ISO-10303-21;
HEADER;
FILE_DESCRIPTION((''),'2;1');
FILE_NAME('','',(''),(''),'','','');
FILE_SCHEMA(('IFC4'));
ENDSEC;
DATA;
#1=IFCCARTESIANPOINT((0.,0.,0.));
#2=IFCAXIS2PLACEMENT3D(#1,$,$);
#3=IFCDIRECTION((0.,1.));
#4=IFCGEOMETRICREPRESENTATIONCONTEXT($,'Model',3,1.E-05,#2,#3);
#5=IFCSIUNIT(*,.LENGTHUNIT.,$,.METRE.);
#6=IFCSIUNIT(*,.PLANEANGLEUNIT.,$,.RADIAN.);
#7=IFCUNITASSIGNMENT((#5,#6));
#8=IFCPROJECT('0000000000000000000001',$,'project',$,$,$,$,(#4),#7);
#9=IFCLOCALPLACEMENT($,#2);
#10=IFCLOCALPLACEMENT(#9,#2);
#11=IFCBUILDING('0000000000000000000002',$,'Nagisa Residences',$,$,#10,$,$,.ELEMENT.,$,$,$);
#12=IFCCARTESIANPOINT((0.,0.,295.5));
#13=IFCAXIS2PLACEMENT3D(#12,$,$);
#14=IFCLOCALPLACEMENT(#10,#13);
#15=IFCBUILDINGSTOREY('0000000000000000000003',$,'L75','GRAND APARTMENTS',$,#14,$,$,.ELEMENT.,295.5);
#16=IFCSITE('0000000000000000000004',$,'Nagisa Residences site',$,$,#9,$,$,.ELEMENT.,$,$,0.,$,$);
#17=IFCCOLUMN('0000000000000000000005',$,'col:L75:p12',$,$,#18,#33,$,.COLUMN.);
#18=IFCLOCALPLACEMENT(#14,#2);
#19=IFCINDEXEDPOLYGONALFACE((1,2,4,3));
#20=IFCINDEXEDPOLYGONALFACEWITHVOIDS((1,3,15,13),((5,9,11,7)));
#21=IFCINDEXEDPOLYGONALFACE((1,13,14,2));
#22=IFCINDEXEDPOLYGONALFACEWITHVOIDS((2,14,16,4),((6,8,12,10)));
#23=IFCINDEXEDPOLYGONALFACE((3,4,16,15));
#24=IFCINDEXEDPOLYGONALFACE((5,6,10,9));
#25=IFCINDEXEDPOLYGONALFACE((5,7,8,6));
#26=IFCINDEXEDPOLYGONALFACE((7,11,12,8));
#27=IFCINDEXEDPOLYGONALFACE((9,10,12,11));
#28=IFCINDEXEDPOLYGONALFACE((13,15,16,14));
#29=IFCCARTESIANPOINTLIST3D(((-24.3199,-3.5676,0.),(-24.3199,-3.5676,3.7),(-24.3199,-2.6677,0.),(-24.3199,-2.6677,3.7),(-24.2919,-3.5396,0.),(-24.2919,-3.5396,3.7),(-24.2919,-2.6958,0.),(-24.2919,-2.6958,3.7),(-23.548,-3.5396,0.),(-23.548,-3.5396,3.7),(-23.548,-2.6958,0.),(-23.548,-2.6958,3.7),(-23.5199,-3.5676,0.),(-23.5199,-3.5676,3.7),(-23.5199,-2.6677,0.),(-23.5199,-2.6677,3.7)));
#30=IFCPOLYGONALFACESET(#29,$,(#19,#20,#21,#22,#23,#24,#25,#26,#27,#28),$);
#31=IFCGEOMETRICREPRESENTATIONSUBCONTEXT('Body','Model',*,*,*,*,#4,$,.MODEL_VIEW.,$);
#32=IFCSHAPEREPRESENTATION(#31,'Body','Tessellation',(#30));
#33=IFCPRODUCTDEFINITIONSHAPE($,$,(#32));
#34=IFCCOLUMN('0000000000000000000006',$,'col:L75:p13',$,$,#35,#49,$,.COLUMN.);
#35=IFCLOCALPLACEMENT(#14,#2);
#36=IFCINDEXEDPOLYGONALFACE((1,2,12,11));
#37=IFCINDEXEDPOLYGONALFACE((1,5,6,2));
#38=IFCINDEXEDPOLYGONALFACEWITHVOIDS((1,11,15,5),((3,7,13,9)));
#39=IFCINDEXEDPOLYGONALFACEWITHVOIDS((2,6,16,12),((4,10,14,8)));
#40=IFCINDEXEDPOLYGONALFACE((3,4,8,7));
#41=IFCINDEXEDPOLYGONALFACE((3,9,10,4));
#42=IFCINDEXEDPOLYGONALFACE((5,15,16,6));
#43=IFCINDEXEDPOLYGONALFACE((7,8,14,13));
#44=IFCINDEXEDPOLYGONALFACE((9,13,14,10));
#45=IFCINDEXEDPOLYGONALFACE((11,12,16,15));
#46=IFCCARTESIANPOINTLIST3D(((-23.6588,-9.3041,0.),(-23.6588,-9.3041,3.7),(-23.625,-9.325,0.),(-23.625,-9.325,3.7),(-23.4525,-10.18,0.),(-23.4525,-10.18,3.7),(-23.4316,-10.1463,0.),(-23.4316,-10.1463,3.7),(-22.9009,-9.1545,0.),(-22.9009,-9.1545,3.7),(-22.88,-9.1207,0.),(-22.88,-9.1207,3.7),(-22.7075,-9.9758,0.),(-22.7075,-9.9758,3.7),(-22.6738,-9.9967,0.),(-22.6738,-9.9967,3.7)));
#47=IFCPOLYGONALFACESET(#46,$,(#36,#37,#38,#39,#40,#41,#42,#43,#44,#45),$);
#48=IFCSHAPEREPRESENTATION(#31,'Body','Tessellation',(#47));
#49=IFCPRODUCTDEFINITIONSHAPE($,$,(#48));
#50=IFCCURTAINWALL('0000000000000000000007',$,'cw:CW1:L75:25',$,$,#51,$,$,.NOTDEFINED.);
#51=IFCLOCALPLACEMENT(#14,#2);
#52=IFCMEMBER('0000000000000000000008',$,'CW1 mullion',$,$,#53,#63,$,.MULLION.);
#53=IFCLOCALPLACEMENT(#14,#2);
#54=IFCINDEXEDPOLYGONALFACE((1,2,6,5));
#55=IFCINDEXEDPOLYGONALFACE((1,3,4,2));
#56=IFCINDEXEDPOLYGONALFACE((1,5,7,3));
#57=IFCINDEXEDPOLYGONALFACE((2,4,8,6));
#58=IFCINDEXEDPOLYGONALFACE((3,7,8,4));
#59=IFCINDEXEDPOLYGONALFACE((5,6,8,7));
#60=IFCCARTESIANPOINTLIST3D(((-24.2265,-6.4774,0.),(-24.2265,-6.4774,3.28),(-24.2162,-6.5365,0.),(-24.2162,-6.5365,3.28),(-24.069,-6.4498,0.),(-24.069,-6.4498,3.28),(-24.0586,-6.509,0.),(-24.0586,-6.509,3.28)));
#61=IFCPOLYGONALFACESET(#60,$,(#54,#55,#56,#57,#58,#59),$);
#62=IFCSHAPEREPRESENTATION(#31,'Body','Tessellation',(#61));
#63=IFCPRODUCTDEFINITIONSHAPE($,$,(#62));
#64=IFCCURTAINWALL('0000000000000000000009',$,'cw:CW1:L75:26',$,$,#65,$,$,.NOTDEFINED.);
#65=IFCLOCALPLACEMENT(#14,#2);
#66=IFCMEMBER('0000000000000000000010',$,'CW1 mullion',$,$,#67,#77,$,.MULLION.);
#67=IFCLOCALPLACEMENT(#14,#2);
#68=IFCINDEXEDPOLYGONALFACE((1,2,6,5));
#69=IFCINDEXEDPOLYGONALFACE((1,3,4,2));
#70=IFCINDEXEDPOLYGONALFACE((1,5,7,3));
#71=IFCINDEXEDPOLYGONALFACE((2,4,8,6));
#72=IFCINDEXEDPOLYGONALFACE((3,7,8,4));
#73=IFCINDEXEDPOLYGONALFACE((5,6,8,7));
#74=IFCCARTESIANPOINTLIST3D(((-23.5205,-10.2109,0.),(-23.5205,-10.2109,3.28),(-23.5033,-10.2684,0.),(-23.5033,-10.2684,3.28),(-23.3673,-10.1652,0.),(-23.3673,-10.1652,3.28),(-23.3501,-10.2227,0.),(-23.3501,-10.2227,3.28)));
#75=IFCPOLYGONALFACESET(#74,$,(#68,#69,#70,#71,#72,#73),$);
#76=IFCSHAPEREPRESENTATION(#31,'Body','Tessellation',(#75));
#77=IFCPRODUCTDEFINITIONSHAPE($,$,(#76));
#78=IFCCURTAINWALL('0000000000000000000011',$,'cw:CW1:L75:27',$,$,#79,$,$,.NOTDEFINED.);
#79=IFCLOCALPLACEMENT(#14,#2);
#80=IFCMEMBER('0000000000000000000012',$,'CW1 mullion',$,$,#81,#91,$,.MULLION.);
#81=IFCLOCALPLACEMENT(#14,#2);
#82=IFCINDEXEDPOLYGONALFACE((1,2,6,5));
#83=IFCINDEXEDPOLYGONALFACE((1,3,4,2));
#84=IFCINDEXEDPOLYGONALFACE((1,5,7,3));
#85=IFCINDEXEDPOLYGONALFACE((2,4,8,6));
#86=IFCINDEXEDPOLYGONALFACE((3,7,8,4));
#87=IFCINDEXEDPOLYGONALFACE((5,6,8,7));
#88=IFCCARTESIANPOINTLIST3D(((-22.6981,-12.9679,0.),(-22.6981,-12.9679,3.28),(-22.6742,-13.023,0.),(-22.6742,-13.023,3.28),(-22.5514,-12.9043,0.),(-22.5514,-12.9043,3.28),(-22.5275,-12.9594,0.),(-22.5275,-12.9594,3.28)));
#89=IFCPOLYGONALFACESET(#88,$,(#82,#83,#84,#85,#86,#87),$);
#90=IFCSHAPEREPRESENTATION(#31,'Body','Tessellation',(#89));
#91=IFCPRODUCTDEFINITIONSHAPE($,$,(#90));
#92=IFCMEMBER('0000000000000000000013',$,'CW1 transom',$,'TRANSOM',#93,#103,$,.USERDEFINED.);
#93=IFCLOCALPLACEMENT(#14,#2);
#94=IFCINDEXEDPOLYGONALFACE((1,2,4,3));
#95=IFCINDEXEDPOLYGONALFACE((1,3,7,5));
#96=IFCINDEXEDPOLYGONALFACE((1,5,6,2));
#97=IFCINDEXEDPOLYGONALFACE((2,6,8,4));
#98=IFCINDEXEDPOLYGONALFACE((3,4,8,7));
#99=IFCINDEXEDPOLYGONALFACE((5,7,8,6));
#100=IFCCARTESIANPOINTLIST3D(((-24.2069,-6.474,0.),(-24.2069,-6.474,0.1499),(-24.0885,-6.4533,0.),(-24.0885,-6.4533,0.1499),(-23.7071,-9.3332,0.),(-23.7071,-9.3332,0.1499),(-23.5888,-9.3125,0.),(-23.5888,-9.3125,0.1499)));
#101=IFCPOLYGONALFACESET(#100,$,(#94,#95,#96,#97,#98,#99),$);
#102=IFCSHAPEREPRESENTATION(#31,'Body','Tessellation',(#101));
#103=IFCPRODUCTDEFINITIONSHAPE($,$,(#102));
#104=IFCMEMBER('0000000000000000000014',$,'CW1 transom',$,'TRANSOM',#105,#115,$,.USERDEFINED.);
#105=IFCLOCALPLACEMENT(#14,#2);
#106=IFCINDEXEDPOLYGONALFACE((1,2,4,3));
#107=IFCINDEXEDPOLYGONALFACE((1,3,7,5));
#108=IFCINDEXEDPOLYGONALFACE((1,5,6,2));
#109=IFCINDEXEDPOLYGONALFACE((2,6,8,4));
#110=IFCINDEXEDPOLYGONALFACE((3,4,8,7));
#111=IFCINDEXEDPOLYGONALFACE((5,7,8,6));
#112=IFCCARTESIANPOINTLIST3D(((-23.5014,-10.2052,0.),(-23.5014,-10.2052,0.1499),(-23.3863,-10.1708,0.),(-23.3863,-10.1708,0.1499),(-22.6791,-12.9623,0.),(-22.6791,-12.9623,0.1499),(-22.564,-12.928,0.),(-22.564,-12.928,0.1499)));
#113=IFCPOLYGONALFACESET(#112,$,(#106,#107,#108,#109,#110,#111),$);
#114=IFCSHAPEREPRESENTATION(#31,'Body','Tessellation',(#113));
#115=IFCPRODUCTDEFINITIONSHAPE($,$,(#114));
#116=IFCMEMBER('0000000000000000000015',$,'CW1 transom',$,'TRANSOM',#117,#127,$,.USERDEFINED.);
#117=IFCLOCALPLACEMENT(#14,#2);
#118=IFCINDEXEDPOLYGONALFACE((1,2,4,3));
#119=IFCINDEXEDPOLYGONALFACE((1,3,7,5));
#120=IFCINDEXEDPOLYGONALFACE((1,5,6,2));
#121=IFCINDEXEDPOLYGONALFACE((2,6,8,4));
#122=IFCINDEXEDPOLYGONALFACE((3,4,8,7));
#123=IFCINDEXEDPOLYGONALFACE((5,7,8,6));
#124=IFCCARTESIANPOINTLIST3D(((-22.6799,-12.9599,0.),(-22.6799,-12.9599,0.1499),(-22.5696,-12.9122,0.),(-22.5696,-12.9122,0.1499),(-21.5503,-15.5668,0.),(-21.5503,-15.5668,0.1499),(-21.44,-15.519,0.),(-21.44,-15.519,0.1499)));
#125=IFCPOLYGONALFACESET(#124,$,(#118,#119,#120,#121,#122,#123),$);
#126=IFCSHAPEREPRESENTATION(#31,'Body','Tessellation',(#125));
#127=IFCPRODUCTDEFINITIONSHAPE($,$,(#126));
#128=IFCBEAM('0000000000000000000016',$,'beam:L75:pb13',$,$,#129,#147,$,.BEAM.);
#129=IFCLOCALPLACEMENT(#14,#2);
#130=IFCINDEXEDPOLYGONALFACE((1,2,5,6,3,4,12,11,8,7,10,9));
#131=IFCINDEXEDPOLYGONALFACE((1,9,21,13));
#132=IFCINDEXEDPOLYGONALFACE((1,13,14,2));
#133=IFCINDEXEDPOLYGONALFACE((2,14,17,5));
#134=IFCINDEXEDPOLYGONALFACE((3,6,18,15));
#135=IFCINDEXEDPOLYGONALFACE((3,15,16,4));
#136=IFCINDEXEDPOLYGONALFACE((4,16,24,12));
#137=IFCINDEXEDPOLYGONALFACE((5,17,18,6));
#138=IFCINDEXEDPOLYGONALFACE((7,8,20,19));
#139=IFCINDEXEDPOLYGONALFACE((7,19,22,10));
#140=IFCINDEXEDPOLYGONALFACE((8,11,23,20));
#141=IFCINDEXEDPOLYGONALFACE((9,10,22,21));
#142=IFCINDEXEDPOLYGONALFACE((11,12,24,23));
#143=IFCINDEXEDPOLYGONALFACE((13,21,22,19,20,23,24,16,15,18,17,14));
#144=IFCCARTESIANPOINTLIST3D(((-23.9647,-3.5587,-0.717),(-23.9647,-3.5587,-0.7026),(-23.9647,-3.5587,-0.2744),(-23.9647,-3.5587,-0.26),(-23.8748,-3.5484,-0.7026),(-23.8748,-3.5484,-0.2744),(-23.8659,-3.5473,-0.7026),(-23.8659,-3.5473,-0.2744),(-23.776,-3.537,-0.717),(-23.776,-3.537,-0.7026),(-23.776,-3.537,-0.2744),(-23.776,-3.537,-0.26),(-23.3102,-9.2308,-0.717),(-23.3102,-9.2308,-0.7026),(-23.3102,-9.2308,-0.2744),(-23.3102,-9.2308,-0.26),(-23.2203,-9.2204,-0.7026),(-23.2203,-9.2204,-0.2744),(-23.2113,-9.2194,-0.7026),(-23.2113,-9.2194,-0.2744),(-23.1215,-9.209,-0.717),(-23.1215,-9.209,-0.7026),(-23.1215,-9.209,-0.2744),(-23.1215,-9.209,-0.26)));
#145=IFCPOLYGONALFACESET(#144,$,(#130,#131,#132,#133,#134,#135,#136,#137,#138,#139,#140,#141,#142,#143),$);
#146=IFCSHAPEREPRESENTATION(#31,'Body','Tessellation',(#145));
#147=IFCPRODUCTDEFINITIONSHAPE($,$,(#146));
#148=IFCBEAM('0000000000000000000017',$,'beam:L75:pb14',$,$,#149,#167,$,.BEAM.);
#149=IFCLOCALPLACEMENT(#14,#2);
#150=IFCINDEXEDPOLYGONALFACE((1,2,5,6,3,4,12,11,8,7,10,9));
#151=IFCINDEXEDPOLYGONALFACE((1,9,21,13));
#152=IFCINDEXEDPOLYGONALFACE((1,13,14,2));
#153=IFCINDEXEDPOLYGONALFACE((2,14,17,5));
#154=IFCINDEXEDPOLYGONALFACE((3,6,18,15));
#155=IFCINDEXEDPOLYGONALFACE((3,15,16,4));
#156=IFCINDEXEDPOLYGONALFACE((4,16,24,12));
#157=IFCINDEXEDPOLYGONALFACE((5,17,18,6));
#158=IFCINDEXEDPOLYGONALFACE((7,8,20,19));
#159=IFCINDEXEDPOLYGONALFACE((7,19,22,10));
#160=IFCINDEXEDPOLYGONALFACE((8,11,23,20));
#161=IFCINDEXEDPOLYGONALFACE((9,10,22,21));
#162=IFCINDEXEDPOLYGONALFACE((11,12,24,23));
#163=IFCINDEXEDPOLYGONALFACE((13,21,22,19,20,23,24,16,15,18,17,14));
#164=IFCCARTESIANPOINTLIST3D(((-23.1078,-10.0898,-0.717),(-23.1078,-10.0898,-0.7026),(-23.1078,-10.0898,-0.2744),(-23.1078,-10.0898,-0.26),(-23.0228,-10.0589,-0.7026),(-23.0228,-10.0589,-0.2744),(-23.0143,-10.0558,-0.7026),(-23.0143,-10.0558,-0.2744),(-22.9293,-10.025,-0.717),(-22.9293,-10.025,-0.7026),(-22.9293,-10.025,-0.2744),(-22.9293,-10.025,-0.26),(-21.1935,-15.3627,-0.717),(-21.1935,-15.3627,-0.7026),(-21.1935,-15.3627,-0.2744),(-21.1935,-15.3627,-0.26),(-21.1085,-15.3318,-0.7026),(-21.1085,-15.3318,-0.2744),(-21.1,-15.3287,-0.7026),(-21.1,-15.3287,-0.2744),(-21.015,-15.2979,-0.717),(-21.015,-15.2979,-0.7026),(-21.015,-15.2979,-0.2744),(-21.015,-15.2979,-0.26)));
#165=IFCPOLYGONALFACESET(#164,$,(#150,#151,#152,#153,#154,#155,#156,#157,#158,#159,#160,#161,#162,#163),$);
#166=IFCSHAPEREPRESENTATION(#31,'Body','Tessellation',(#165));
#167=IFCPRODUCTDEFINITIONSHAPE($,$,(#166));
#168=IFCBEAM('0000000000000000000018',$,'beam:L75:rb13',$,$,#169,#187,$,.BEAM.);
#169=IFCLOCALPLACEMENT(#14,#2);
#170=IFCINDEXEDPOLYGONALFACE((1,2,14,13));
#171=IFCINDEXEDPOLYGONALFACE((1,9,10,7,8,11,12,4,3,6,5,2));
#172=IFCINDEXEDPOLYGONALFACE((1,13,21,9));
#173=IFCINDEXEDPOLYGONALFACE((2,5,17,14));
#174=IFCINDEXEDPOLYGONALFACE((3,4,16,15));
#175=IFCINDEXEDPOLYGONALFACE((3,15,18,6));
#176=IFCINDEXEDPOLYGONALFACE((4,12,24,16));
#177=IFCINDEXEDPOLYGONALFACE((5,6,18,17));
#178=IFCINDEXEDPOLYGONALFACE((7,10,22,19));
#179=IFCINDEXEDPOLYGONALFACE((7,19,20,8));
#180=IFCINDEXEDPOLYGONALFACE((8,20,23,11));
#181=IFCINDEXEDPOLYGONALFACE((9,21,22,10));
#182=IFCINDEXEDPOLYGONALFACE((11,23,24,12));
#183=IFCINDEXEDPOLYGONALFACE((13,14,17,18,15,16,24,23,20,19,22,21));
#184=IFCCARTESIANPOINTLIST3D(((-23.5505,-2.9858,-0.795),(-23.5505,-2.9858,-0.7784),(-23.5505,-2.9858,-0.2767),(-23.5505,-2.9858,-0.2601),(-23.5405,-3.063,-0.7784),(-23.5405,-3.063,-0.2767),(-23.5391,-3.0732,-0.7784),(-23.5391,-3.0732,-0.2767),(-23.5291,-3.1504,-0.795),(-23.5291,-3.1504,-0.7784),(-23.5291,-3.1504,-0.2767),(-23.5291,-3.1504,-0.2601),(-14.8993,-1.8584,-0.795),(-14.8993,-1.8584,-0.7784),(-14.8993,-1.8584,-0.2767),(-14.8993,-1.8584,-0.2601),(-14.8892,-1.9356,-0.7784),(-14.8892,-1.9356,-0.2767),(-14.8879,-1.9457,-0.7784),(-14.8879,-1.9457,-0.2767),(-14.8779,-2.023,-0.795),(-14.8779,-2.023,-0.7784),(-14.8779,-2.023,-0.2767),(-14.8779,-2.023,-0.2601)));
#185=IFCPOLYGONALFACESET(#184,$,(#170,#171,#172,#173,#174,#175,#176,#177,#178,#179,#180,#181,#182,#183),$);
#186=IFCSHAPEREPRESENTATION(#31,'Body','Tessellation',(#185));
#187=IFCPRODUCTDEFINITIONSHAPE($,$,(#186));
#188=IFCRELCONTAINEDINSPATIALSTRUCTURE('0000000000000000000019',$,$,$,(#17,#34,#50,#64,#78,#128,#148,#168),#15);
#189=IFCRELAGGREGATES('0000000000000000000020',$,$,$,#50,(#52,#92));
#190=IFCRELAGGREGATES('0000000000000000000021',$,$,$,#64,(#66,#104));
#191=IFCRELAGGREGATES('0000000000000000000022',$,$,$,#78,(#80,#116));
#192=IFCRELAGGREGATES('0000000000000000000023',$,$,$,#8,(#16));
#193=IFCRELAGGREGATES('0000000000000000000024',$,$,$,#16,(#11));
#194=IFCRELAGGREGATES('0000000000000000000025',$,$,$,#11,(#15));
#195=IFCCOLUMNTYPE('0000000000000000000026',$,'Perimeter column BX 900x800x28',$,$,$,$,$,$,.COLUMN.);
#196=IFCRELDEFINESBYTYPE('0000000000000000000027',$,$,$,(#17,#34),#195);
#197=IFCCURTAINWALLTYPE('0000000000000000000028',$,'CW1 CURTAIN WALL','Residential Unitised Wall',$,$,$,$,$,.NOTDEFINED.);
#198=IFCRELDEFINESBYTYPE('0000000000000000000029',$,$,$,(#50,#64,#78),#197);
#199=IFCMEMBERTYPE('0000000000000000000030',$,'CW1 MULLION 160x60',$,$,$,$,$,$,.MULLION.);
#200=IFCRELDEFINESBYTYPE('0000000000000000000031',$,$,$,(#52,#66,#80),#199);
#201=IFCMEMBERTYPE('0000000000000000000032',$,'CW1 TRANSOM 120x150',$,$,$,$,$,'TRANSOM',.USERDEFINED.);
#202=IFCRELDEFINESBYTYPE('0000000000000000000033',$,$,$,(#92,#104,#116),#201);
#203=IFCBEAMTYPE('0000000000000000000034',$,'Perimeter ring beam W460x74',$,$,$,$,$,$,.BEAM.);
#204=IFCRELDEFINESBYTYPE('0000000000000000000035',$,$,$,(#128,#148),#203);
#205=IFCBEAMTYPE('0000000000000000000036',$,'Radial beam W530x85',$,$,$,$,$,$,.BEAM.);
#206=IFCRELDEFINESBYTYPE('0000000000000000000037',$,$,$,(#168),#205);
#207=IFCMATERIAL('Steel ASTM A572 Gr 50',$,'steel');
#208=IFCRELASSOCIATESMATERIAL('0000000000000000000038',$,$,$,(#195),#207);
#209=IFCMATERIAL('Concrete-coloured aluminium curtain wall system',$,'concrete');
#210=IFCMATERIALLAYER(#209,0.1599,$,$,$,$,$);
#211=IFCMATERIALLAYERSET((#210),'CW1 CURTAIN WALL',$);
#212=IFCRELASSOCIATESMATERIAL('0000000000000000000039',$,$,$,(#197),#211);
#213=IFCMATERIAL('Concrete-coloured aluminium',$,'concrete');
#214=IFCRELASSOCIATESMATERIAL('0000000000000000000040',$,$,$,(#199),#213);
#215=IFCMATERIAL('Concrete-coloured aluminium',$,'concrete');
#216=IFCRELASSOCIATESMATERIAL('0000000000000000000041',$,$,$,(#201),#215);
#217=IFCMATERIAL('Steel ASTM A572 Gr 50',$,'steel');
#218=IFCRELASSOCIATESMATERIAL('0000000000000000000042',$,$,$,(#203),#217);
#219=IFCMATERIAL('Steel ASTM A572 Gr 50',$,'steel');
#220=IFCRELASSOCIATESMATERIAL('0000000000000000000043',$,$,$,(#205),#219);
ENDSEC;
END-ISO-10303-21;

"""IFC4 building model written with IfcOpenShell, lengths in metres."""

from ifc_helpers import new_model, si_unit, direction, frame, origin, origin_2d, place, context, subcontext, project, spatial, rectangle, hollow_rectangle, i_section, extrude, material, layer, layer_set, material_profile, profile_set, type_object, element, aggregate, save


model = new_model("IFC4")

# Units and contexts
model_context = context("Model", 3, precision=1e-05, world=origin(), true_north=direction((0.0, 1.0)))
body_context = subcontext(model_context, "Body", "Model", "MODEL_VIEW")
ifc_project = project(units=[si_unit("LENGTHUNIT", "METRE"), si_unit("PLANEANGLEUNIT", "RADIAN")], contexts=[model_context])

# Site, building, storey
site_placement = place(None, origin())
site = spatial("IfcSite", under=ifc_project, at=site_placement, Name="Nagisa Residences site", CompositionType="ELEMENT", RefElevation=0.0)
building_placement = place(site_placement, origin())
building = spatial("IfcBuilding", under=site, at=building_placement, Name="Nagisa Residences", CompositionType="ELEMENT")
storey_placement = place(building_placement, frame((0.0, 0.0, 295.5)))
storey = spatial("IfcBuildingStorey", under=building, at=storey_placement, Name="L75", Description="GRAND APARTMENTS", CompositionType="ELEMENT", Elevation=295.5)

# Columns
ifc_material_1 = material(Name="Steel ASTM A572 Gr 50", Category="steel")
ifc_material_profile_1 = material_profile(ifc_material_1, hollow_rectangle(XDim=0.8999, YDim=0.8, WallThickness=0.0281, at=origin_2d()), Name="BX 900x800x28")
ifc_profile_set_1 = profile_set([ifc_material_profile_1], Name="Steel ASTM A572 Gr 50")
column_type = type_object("IfcColumnType", Name="Perimeter column BX 900x800x28", PredefinedType="COLUMN", material=ifc_profile_set_1)
for number, where, z_axis, x_axis, name in (
    (1, (-23.9199, -3.1177, 0.0), (0.0, 0.0, 1.0), (0.0, -1.0, 0.0), "col:L75:p12"),
    (2, (-23.1663, -9.6504, 0.0), (0.0, 0.0, 1.0), (0.229202, -0.973379, 0.0), "col:L75:p13"),
):
    element("IfcColumn", number, at=place(storey_placement, frame(where, z_axis=z_axis, x_axis=x_axis)), inside=storey, type_object=column_type, Name=name, PredefinedType="COLUMN", context=body_context, shape_type="SweptSolid", body=[
        extrude(hollow_rectangle(XDim=0.8999, YDim=0.8, WallThickness=0.0281, at=origin_2d()), origin(), (0.0, 0.0, 1.0), 3.7),
    ])

# Curtain walls, members
ifc_material_2 = material(Name="Concrete-coloured aluminium curtain wall system", Category="concrete")
ifc_layer_1 = layer(ifc_material_2, 0.1599)
ifc_layer_set_1 = layer_set([ifc_layer_1], Name="CW1 CURTAIN WALL")
curtain_wall_type = type_object("IfcCurtainWallType", Name="CW1 CURTAIN WALL", Description="Residential Unitised Wall", PredefinedType="NOTDEFINED", material=ifc_layer_set_1)
curtain_wall_1_placement = place(storey_placement, origin())
curtain_wall_1 = element("IfcCurtainWall", 3, at=curtain_wall_1_placement, inside=storey, type_object=curtain_wall_type, Name="cw:CW1:L75:25", PredefinedType="NOTDEFINED")
ifc_material_3 = material(Name="Concrete-coloured aluminium", Category="concrete")
ifc_material_profile_2 = material_profile(ifc_material_3, rectangle(XDim=0.1599, YDim=0.0601, at=origin_2d()), Name="CW1 MULLION 160x60")
ifc_profile_set_2 = profile_set([ifc_material_profile_2], Name="Concrete-coloured aluminium")
member_type_1 = type_object("IfcMemberType", Name="CW1 MULLION 160x60", PredefinedType="MULLION", material=ifc_profile_set_2)
member_1_placement = place(storey_placement, frame((-24.1426, -6.4932, 0.0), z_axis=(0.0, 0.0, 1.0), x_axis=(0.985064, 0.172191, 0.0)))
member_1 = element("IfcMember", 4, at=member_1_placement, type_object=member_type_1, Name="CW1 mullion", PredefinedType="MULLION", context=body_context, shape_type="SweptSolid", body=[
    extrude(rectangle(XDim=0.1599, YDim=0.0601, at=origin_2d()), origin(), (0.0, 0.0, 1.0), 3.28),
])
curtain_wall_2_placement = place(storey_placement, origin())
curtain_wall_2 = element("IfcCurtainWall", 5, at=curtain_wall_2_placement, inside=storey, type_object=curtain_wall_type, Name="cw:CW1:L75:26", PredefinedType="NOTDEFINED")
member_2_placement = place(storey_placement, frame((-23.4353, -10.2168, 0.0), z_axis=(0.0, 0.0, 1.0), x_axis=(0.958271, 0.28586, 0.0)))
member_2 = element("IfcMember", 6, at=member_2_placement, type_object=member_type_1, Name="CW1 mullion", PredefinedType="MULLION", context=body_context, shape_type="SweptSolid", body=[
    extrude(rectangle(XDim=0.1599, YDim=0.0601, at=origin_2d()), origin(), (0.0, 0.0, 1.0), 3.28),
])
curtain_wall_3_placement = place(storey_placement, origin())
curtain_wall_3 = element("IfcCurtainWall", 7, at=curtain_wall_3_placement, inside=storey, type_object=curtain_wall_type, Name="cw:CW1:L75:27", PredefinedType="NOTDEFINED")
member_3_placement = place(storey_placement, frame((-22.6128, -12.9636, 0.0), z_axis=(0.0, 0.0, 1.0), x_axis=(0.917543, 0.397636, 0.0)))
member_3 = element("IfcMember", 8, at=member_3_placement, type_object=member_type_1, Name="CW1 mullion", PredefinedType="MULLION", context=body_context, shape_type="SweptSolid", body=[
    extrude(rectangle(XDim=0.1599, YDim=0.0601, at=origin_2d()), origin(), (0.0, 0.0, 1.0), 3.28),
])

# Members
ifc_material_4 = material(Name="Concrete-coloured aluminium", Category="concrete")
ifc_material_profile_3 = material_profile(ifc_material_4, rectangle(XDim=0.1201, YDim=0.1499, at=origin_2d()), Name="CW1 TRANSOM 120x150")
ifc_profile_set_3 = profile_set([ifc_material_profile_3], Name="Concrete-coloured aluminium")
member_type_2 = type_object("IfcMemberType", Name="CW1 TRANSOM 120x150", ElementType="TRANSOM", PredefinedType="USERDEFINED", material=ifc_profile_set_3)
member_4_placement = place(storey_placement, frame((-24.1477, -6.4636, 0.075), z_axis=(0.172182, -0.985065, 0.0), x_axis=(0.985065, 0.172182, 0.0)))
member_4 = element("IfcMember", 9, at=member_4_placement, type_object=member_type_2, Name="CW1 transom", ObjectType="TRANSOM", PredefinedType="USERDEFINED", context=body_context, shape_type="SweptSolid", body=[
    extrude(rectangle(XDim=0.1201, YDim=0.1499, at=origin_2d()), origin(), (0.0, 0.0, 1.0), 2.9026),
])
member_5_placement = place(storey_placement, frame((-23.4438, -10.188, 0.075), z_axis=(0.285798, -0.95829, 0.0), x_axis=(0.95829, 0.285798, 0.0)))
member_5 = element("IfcMember", 10, at=member_5_placement, type_object=member_type_2, Name="CW1 transom", ObjectType="TRANSOM", PredefinedType="USERDEFINED", context=body_context, shape_type="SweptSolid", body=[
    extrude(rectangle(XDim=0.1201, YDim=0.1499, at=origin_2d()), origin(), (0.0, 0.0, 1.0), 2.8772),
])
member_6_placement = place(storey_placement, frame((-22.6248, -12.936, 0.075), z_axis=(0.397598, -0.91756, 0.0), x_axis=(0.91756, 0.397598, 0.0)))
member_6 = element("IfcMember", 11, at=member_6_placement, type_object=member_type_2, Name="CW1 transom", ObjectType="TRANSOM", PredefinedType="USERDEFINED", context=body_context, shape_type="SweptSolid", body=[
    extrude(rectangle(XDim=0.1201, YDim=0.1499, at=origin_2d()), origin(), (0.0, 0.0, 1.0), 2.8411),
])

# Beams
ifc_material_5 = material(Name="Steel ASTM A572 Gr 50", Category="steel")
ifc_material_profile_4 = material_profile(ifc_material_5, i_section(OverallWidth=0.1899, OverallDepth=0.457, WebThickness=0.009, FlangeThickness=0.0144, at=origin_2d()), Name="W460x74")
ifc_profile_set_4 = profile_set([ifc_material_profile_4], Name="Steel ASTM A572 Gr 50")
beam_type_1 = type_object("IfcBeamType", Name="Perimeter ring beam W460x74", PredefinedType="BEAM", material=ifc_profile_set_4)
beam_1_placement = place(storey_placement, frame((-23.8704, -3.5479, -0.4885), z_axis=(0.114635, -0.993408, 0.0), x_axis=(0.993408, 0.114635, 0.0)))
element("IfcBeam", 12, at=beam_1_placement, inside=storey, type_object=beam_type_1, Name="beam:L75:pb13", PredefinedType="BEAM", context=body_context, shape_type="SweptSolid", body=[
    extrude(i_section(OverallWidth=0.1899, OverallDepth=0.457, WebThickness=0.009, FlangeThickness=0.0144, at=origin_2d()), origin(), (0.0, 0.0, 1.0), 5.7097),
])
beam_2_placement = place(storey_placement, frame((-23.0186, -10.0574, -0.4885), z_axis=(0.34125, -0.939972, 0.0), x_axis=(0.939972, 0.34125, 0.0)))
element("IfcBeam", 13, at=beam_2_placement, inside=storey, type_object=beam_type_1, Name="beam:L75:pb14", PredefinedType="BEAM", context=body_context, shape_type="SweptSolid", body=[
    extrude(i_section(OverallWidth=0.1899, OverallDepth=0.457, WebThickness=0.009, FlangeThickness=0.0144, at=origin_2d()), origin(), (0.0, 0.0, 1.0), 5.6096),
])
ifc_material_6 = material(Name="Steel ASTM A572 Gr 50", Category="steel")
ifc_material_profile_5 = material_profile(ifc_material_6, i_section(OverallWidth=0.166, OverallDepth=0.5349, WebThickness=0.0103, FlangeThickness=0.0166, at=origin_2d()), Name="W530x85")
ifc_profile_set_5 = profile_set([ifc_material_profile_5], Name="Steel ASTM A572 Gr 50")
beam_type_2 = type_object("IfcBeamType", Name="Radial beam W530x85", PredefinedType="BEAM", material=ifc_profile_set_5)
beam_3_placement = place(storey_placement, frame((-23.5398, -3.0681, -0.5276), z_axis=(0.991615, 0.12923, 0.0), x_axis=(-0.12923, 0.991615, 0.0)))
element("IfcBeam", 14, at=beam_3_placement, inside=storey, type_object=beam_type_2, Name="beam:L75:rb13", PredefinedType="BEAM", context=body_context, shape_type="SweptSolid", body=[
    extrude(i_section(OverallWidth=0.166, OverallDepth=0.5349, WebThickness=0.0103, FlangeThickness=0.0166, at=origin_2d()), origin(), (0.0, 0.0, 1.0), 8.7244),
])

aggregate(curtain_wall_1, [member_1, member_4])
aggregate(curtain_wall_2, [member_2, member_5])
aggregate(curtain_wall_3, [member_3, member_6])

save(model, "model.ifc")
